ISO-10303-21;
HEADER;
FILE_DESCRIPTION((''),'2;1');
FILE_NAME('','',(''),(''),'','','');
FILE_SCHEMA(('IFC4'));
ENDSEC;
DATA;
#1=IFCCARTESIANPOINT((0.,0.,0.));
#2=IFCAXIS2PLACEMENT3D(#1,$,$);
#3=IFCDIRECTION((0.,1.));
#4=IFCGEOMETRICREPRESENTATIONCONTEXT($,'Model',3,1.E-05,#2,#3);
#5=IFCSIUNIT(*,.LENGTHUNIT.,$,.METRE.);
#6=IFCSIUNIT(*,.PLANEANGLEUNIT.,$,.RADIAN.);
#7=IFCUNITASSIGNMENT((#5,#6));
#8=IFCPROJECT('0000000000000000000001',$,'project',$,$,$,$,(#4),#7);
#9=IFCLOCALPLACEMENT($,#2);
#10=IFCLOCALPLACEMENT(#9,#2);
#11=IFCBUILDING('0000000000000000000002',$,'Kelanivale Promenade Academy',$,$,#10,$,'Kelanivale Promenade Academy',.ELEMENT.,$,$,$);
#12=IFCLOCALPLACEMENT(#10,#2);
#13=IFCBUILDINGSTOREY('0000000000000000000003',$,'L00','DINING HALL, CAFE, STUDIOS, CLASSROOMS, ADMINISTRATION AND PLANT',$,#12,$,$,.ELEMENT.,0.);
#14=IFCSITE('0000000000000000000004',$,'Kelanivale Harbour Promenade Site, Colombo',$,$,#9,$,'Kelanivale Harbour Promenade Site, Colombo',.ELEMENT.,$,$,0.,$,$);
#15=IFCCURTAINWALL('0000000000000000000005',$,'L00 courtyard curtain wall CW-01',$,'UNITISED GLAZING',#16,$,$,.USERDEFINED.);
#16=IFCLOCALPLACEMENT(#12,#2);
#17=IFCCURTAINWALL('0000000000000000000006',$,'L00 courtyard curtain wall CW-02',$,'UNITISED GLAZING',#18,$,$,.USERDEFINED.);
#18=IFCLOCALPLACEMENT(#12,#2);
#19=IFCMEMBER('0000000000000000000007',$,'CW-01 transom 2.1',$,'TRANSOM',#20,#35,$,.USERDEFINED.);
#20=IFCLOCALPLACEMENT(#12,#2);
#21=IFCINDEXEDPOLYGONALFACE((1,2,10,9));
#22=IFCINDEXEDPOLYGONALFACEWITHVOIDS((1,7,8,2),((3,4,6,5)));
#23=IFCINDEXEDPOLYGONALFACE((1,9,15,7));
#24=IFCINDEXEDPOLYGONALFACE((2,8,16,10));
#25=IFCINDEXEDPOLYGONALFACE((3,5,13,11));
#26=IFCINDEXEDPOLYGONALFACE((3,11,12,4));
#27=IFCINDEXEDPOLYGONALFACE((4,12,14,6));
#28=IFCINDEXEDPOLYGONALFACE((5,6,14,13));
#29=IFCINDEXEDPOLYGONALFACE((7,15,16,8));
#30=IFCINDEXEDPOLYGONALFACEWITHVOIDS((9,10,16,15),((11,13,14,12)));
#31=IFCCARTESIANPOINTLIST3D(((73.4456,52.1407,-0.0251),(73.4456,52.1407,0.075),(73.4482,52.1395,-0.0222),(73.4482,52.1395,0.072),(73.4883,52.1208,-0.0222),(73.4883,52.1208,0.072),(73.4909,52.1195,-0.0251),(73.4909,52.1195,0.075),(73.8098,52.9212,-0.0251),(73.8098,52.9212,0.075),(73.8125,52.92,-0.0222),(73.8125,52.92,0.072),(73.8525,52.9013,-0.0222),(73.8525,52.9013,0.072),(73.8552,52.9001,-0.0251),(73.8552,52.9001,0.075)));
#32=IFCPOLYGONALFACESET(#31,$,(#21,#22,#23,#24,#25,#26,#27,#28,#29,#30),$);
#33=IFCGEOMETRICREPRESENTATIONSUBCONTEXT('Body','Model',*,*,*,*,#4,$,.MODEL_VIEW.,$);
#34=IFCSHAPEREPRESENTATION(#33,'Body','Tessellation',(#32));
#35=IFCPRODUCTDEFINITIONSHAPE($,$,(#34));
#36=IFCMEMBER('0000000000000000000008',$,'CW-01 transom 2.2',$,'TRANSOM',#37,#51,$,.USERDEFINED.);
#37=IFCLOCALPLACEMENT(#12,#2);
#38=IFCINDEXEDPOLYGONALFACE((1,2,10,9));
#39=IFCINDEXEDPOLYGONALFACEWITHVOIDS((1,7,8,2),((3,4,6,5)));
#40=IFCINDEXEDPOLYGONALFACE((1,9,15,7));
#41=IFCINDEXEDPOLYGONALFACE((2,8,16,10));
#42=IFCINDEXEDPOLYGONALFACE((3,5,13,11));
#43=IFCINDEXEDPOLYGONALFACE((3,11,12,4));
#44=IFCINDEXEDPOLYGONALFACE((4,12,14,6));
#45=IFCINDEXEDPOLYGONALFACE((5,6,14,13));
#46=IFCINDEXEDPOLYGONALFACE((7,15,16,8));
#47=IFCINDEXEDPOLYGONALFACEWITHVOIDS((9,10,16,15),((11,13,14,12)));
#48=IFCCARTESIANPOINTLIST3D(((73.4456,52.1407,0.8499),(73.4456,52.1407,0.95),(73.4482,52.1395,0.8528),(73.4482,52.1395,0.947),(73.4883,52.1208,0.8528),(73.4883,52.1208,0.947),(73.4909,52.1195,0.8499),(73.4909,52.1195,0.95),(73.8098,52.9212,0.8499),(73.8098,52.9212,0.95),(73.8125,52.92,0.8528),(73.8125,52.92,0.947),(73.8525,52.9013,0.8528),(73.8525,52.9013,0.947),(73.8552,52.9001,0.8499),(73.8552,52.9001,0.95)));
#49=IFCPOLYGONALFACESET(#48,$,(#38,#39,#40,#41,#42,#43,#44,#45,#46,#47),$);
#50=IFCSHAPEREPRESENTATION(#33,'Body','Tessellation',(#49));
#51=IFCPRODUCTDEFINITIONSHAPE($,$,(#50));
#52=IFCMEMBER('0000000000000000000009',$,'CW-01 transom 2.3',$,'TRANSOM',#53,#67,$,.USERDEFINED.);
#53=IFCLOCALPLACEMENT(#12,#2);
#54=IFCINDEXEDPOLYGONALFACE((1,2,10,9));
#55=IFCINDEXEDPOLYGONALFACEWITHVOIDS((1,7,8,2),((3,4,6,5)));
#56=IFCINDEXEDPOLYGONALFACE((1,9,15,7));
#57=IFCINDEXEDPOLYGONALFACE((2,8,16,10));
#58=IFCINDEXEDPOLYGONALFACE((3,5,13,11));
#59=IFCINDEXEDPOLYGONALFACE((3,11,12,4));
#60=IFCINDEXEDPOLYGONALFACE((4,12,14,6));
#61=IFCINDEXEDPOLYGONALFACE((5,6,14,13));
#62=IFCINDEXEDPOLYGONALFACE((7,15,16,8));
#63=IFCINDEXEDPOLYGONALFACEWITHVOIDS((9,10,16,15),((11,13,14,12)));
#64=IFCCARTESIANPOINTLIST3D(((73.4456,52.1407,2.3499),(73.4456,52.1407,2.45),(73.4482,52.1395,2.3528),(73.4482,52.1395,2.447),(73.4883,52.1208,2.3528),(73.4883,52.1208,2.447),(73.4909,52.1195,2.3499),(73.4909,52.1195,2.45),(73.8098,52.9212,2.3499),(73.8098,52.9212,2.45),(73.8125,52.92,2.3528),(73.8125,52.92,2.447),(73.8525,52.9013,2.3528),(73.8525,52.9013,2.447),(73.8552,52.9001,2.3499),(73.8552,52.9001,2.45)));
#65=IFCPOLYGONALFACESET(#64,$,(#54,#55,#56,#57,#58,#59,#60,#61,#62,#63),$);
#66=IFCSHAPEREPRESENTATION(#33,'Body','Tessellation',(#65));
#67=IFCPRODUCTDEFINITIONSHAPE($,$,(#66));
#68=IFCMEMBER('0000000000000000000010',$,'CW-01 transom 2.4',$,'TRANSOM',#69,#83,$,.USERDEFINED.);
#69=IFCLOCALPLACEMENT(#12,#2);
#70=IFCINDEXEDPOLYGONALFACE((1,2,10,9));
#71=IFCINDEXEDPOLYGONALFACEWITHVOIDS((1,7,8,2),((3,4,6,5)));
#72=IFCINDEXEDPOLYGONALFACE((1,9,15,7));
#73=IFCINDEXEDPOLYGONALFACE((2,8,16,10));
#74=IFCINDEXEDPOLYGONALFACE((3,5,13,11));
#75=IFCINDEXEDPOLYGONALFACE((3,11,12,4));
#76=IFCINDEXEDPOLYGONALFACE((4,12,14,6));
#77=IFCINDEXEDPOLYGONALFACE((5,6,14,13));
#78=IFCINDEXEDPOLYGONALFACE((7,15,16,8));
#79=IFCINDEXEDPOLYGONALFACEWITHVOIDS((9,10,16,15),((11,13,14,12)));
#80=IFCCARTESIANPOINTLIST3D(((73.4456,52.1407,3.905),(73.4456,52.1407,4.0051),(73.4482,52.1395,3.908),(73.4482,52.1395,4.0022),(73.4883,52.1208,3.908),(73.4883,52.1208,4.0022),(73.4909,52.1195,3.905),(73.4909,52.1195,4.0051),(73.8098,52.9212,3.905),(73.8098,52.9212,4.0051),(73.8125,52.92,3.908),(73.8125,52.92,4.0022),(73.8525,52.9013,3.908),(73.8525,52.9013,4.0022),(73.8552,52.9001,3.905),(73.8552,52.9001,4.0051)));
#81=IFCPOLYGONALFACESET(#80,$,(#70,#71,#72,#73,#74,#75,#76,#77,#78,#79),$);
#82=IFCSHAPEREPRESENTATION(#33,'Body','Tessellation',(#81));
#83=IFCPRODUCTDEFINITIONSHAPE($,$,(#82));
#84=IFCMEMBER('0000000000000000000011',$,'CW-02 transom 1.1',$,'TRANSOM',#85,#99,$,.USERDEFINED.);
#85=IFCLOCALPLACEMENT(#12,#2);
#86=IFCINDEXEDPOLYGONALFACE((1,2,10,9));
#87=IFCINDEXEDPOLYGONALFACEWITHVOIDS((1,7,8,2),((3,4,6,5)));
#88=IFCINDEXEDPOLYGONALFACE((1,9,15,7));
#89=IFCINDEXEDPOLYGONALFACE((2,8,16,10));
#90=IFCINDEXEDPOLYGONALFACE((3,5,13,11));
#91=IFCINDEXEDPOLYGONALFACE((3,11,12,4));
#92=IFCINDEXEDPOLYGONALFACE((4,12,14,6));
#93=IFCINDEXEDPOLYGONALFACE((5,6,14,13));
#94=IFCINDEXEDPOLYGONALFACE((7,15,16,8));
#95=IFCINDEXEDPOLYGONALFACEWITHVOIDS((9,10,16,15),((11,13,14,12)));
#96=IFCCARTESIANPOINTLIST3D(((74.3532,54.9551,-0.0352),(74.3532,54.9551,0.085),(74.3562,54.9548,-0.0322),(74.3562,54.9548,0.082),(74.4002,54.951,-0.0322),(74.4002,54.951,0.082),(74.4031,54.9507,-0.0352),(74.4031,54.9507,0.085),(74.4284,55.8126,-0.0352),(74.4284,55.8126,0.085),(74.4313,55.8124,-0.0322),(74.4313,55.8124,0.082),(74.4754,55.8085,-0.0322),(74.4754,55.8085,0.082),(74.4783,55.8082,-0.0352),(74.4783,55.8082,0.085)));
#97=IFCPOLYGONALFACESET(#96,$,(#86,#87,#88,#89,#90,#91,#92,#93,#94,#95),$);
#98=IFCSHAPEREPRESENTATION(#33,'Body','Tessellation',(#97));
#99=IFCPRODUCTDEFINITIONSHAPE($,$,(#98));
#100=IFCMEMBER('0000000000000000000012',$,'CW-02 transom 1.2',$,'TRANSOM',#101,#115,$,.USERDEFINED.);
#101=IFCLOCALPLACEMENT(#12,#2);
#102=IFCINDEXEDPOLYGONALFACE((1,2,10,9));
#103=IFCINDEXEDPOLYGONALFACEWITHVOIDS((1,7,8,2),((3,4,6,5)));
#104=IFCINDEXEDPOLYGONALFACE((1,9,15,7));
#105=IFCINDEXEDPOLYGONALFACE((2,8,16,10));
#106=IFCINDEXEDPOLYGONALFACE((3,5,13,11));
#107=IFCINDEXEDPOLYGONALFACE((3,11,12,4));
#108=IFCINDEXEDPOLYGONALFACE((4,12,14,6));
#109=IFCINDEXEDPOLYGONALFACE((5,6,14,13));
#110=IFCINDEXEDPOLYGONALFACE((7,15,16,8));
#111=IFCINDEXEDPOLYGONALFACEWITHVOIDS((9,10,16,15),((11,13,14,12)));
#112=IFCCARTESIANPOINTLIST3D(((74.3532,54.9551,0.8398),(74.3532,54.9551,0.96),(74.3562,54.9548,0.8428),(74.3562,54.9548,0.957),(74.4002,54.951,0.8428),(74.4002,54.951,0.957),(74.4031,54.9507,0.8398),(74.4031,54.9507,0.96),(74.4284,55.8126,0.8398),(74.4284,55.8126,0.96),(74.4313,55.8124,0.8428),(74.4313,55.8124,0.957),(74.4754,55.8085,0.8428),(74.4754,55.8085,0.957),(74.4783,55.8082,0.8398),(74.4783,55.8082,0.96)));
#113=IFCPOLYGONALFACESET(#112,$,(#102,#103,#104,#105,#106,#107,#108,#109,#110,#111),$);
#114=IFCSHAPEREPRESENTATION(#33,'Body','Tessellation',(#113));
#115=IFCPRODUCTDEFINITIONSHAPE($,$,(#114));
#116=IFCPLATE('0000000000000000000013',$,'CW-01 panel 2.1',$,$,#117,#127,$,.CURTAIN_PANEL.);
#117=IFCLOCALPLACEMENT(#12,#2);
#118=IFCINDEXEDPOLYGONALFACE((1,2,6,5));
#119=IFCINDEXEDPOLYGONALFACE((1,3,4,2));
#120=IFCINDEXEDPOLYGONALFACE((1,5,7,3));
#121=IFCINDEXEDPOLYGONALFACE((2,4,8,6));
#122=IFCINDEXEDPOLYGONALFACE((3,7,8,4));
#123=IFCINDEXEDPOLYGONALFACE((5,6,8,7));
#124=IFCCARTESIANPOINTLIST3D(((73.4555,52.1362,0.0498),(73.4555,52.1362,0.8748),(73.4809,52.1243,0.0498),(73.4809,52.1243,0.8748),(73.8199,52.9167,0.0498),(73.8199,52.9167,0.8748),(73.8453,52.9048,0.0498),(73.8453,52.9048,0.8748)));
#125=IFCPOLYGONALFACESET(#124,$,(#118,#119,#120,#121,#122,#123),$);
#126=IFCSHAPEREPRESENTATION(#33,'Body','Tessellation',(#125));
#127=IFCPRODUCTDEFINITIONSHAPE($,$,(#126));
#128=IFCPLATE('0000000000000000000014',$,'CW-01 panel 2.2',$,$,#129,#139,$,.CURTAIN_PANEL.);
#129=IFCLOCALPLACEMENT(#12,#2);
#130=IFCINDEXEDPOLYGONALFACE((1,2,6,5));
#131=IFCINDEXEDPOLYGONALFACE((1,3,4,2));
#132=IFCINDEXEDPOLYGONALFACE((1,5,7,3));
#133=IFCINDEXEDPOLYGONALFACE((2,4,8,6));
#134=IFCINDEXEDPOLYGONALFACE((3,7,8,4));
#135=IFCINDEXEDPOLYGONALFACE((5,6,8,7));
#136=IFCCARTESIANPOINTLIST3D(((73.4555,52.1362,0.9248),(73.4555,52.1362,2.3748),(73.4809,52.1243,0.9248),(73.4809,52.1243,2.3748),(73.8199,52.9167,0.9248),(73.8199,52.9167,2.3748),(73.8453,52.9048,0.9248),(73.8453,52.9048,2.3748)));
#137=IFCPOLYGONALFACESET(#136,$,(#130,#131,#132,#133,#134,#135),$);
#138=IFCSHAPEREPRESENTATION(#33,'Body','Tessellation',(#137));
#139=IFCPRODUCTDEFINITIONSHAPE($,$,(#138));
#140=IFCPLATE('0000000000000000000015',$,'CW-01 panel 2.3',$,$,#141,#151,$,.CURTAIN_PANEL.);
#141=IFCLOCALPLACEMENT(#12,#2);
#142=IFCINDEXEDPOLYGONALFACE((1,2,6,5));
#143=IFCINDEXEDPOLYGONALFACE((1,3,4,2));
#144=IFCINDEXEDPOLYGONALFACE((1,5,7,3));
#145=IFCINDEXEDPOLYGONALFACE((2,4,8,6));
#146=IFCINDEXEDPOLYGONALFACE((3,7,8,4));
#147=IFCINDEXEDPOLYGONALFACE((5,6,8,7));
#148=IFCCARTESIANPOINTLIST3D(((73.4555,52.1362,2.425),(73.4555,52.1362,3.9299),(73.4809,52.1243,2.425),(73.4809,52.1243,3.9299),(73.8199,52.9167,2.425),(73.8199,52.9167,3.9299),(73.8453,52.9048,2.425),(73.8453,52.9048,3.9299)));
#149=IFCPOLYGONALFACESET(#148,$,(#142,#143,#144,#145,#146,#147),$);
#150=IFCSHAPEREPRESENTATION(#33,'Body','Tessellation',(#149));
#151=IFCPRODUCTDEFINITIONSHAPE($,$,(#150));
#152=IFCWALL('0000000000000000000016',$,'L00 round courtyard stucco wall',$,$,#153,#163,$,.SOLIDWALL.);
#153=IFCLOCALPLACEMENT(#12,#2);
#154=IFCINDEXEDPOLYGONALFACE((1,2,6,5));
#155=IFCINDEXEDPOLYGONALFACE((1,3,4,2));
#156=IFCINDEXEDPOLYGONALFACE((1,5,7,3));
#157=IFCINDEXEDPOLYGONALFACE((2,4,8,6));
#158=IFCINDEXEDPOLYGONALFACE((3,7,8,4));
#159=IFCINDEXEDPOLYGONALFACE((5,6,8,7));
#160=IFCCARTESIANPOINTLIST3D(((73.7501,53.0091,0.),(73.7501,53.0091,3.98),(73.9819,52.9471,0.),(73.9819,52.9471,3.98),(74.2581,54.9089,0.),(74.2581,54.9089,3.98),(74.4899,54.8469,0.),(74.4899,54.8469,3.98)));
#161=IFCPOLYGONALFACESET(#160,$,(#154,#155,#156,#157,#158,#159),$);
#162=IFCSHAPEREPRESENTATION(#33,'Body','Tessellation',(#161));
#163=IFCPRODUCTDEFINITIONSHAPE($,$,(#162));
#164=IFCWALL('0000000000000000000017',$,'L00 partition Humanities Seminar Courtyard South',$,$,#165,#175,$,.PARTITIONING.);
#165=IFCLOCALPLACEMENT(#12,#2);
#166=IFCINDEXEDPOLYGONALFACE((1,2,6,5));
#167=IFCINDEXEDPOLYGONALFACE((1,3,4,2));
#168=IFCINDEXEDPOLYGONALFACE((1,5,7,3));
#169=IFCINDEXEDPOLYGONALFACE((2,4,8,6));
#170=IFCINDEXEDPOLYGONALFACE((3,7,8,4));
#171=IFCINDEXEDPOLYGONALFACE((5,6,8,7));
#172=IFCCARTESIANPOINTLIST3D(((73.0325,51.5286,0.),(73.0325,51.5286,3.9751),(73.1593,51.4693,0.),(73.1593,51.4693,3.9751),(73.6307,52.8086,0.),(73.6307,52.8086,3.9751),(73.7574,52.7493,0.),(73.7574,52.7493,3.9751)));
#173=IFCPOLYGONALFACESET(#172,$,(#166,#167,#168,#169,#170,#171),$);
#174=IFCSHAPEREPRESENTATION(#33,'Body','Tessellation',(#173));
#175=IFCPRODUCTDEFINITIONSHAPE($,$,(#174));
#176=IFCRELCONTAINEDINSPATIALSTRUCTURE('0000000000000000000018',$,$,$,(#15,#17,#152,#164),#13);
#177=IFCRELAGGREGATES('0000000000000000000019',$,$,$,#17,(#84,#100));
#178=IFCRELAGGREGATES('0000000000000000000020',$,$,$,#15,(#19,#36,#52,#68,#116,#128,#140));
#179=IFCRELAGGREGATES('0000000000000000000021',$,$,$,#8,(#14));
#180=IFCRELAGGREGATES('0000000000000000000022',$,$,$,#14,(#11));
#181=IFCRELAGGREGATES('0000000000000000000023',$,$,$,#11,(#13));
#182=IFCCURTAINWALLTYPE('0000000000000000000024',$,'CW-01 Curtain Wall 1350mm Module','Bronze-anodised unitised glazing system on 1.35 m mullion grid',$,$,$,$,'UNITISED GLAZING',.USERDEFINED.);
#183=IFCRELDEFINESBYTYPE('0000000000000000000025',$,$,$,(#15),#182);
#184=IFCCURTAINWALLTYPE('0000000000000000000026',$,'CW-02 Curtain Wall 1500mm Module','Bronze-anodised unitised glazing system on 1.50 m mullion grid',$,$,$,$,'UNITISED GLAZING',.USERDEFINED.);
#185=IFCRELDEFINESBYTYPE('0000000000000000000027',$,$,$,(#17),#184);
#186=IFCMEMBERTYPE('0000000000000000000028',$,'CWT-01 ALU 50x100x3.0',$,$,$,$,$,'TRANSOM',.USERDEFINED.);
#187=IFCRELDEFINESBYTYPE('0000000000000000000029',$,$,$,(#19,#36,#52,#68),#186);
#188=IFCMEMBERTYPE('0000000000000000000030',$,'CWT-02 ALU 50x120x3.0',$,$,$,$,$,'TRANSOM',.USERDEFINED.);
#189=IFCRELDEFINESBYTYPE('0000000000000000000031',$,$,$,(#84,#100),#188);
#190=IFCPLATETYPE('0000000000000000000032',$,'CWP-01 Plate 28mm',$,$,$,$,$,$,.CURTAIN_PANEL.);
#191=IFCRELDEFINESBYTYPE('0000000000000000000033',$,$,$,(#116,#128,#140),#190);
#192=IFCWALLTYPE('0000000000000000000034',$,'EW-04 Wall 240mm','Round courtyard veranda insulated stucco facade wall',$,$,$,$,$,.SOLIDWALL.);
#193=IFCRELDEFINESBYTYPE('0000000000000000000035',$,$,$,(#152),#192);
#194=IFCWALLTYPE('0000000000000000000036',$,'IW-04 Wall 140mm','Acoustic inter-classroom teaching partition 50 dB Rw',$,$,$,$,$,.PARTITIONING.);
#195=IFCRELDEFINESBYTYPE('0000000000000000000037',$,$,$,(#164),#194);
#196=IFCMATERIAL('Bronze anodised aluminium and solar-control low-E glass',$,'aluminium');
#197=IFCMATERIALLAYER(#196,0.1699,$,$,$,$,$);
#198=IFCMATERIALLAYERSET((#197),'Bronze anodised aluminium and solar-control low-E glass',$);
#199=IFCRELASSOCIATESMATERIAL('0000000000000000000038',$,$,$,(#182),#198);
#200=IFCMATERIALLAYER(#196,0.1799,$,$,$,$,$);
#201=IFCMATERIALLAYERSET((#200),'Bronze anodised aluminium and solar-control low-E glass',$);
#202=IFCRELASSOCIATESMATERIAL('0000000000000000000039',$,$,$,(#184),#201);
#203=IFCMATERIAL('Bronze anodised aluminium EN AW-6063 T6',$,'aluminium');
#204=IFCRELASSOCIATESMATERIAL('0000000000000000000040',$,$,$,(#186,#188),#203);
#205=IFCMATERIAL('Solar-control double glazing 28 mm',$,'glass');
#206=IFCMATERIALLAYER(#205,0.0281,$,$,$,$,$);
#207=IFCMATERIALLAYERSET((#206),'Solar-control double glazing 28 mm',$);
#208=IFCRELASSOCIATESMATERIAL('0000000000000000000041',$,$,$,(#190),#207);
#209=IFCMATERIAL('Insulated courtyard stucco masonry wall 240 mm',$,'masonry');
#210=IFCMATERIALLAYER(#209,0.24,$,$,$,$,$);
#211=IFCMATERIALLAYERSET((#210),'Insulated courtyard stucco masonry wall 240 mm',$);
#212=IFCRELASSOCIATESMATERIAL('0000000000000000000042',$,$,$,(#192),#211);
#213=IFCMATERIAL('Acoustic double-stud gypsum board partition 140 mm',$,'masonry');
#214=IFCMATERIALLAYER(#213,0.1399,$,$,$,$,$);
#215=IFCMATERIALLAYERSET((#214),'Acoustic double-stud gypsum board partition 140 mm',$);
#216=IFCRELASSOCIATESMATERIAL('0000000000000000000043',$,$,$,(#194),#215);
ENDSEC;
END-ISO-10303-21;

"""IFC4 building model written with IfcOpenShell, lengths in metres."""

from ifc_helpers import new_model, si_unit, direction, frame, frame_2d, origin, origin_2d, place, context, subcontext, project, spatial, rectangle, hollow_rectangle, extrude, material, layer, layer_set, material_profile, profile_set, type_object, element, aggregate, save


model = new_model("IFC4")

# Units and contexts
model_context = context("Model", 3, precision=1e-05, world=origin(), true_north=direction((0.0, 1.0)))
body_context = subcontext(model_context, "Body", "Model", "MODEL_VIEW")
ifc_project = project(units=[si_unit("LENGTHUNIT", "METRE"), si_unit("PLANEANGLEUNIT", "RADIAN")], contexts=[model_context])

# Site, building, storey
site_placement = place(None, origin())
site = spatial("IfcSite", under=ifc_project, at=site_placement, Name="Kelanivale Harbour Promenade Site, Colombo", LongName="Kelanivale Harbour Promenade Site, Colombo", CompositionType="ELEMENT", RefElevation=0.0)
building_placement = place(site_placement, origin())
building = spatial("IfcBuilding", under=site, at=building_placement, Name="Kelanivale Promenade Academy", LongName="Kelanivale Promenade Academy", CompositionType="ELEMENT")
storey_placement = place(building_placement, origin())
storey = spatial("IfcBuildingStorey", under=building, at=storey_placement, Name="L00", Description="DINING HALL, CAFE, STUDIOS, CLASSROOMS, ADMINISTRATION AND PLANT", CompositionType="ELEMENT", Elevation=0.0)

# Curtain walls
ifc_material_1 = material(Name="Bronze anodised aluminium and solar-control low-E glass", Category="aluminium")
ifc_layer_1 = layer(ifc_material_1, 0.1699)
ifc_layer_set_1 = layer_set([ifc_layer_1], Name="Bronze anodised aluminium and solar-control low-E glass")
curtain_wall_type_1 = type_object("IfcCurtainWallType", Name="CW-01 Curtain Wall 1350mm Module", Description="Bronze-anodised unitised glazing system on 1.35 m mullion grid", ElementType="UNITISED GLAZING", PredefinedType="USERDEFINED", material=ifc_layer_set_1)
curtain_wall_1_placement = place(storey_placement, origin())
curtain_wall_1 = element("IfcCurtainWall", 1, at=curtain_wall_1_placement, inside=storey, type_object=curtain_wall_type_1, Name="L00 courtyard curtain wall CW-01", ObjectType="UNITISED GLAZING", PredefinedType="USERDEFINED")
ifc_material_2 = material(Name="Bronze anodised aluminium EN AW-6063 T6", Category="aluminium")
ifc_layer_2 = layer(ifc_material_1, 0.1799)
ifc_layer_set_2 = layer_set([ifc_layer_2], Name="Bronze anodised aluminium and solar-control low-E glass")
curtain_wall_type_2 = type_object("IfcCurtainWallType", Name="CW-02 Curtain Wall 1500mm Module", Description="Bronze-anodised unitised glazing system on 1.50 m mullion grid", ElementType="UNITISED GLAZING", PredefinedType="USERDEFINED", material=ifc_layer_set_2)
curtain_wall_2_placement = place(storey_placement, origin())
curtain_wall_2 = element("IfcCurtainWall", 2, at=curtain_wall_2_placement, inside=storey, type_object=curtain_wall_type_2, Name="L00 courtyard curtain wall CW-02", ObjectType="UNITISED GLAZING", PredefinedType="USERDEFINED")

# Members
ifc_material_profile_1 = material_profile(ifc_material_2, hollow_rectangle(XDim=0.05, YDim=0.1001, WallThickness=0.0029, at=origin_2d()), Name="ALU 50x100x3.0")
ifc_profile_set_1 = profile_set([ifc_material_profile_1], Name="Bronze anodised aluminium EN AW-6063 T6")
member_type_1 = type_object("IfcMemberType", Name="CWT-01 ALU 50x100x3.0", ElementType="TRANSOM", PredefinedType="USERDEFINED", material=ifc_profile_set_1)
member_1_placement = place(storey_placement, frame((73.4683, 52.1301, 0.0249), z_axis=(0.422901, 0.906176, 0.0), x_axis=(-0.906176, 0.422901, 0.0)))
member_1 = element("IfcMember", 3, at=member_1_placement, type_object=member_type_1, Name="CW-01 transom 2.1", ObjectType="TRANSOM", PredefinedType="USERDEFINED", context=body_context, shape_type="SweptSolid", body=[
    extrude(hollow_rectangle(XDim=0.05, YDim=0.1001, WallThickness=0.0029, at=origin_2d()), origin(), (0.0, 0.0, 1.0), 0.8613),
])
member_2_placement = place(storey_placement, frame((73.4683, 52.1301, 0.8999), z_axis=(0.422901, 0.906176, 0.0), x_axis=(-0.906176, 0.422901, 0.0)))
member_2 = element("IfcMember", 4, at=member_2_placement, type_object=member_type_1, Name="CW-01 transom 2.2", ObjectType="TRANSOM", PredefinedType="USERDEFINED", context=body_context, shape_type="SweptSolid", body=[
    extrude(hollow_rectangle(XDim=0.05, YDim=0.1001, WallThickness=0.0029, at=origin_2d()), origin(), (0.0, 0.0, 1.0), 0.8613),
])
member_3_placement = place(storey_placement, frame((73.4683, 52.1301, 2.3999), z_axis=(0.422901, 0.906176, 0.0), x_axis=(-0.906176, 0.422901, 0.0)))
member_3 = element("IfcMember", 5, at=member_3_placement, type_object=member_type_1, Name="CW-01 transom 2.3", ObjectType="TRANSOM", PredefinedType="USERDEFINED", context=body_context, shape_type="SweptSolid", body=[
    extrude(hollow_rectangle(XDim=0.05, YDim=0.1001, WallThickness=0.0029, at=origin_2d()), origin(), (0.0, 0.0, 1.0), 0.8613),
])
member_4_placement = place(storey_placement, frame((73.4683, 52.1301, 3.9551), z_axis=(0.422901, 0.906176, 0.0), x_axis=(-0.906176, 0.422901, 0.0)))
member_4 = element("IfcMember", 6, at=member_4_placement, type_object=member_type_1, Name="CW-01 transom 2.4", ObjectType="TRANSOM", PredefinedType="USERDEFINED", context=body_context, shape_type="SweptSolid", body=[
    extrude(hollow_rectangle(XDim=0.05, YDim=0.1001, WallThickness=0.0029, at=origin_2d()), origin(), (0.0, 0.0, 1.0), 0.8613),
])
ifc_material_profile_2 = material_profile(ifc_material_2, hollow_rectangle(XDim=0.05, YDim=0.1201, WallThickness=0.0029, at=origin_2d()), Name="ALU 50x120x3.0")
ifc_profile_set_2 = profile_set([ifc_material_profile_2], Name="Bronze anodised aluminium EN AW-6063 T6")
member_type_2 = type_object("IfcMemberType", Name="CWT-02 ALU 50x120x3.0", ElementType="TRANSOM", PredefinedType="USERDEFINED", material=ifc_profile_set_2)
member_5_placement = place(storey_placement, frame((74.3782, 54.9529, 0.0249), z_axis=(0.087339, 0.996179, 0.0), x_axis=(-0.996179, 0.087339, 0.0)))
member_5 = element("IfcMember", 7, at=member_5_placement, type_object=member_type_2, Name="CW-02 transom 1.1", ObjectType="TRANSOM", PredefinedType="USERDEFINED", context=body_context, shape_type="SweptSolid", body=[
    extrude(hollow_rectangle(XDim=0.05, YDim=0.1201, WallThickness=0.0029, at=origin_2d()), origin(), (0.0, 0.0, 1.0), 0.8608),
])
member_6_placement = place(storey_placement, frame((74.3782, 54.9529, 0.8999), z_axis=(0.087339, 0.996179, 0.0), x_axis=(-0.996179, 0.087339, 0.0)))
member_6 = element("IfcMember", 8, at=member_6_placement, type_object=member_type_2, Name="CW-02 transom 1.2", ObjectType="TRANSOM", PredefinedType="USERDEFINED", context=body_context, shape_type="SweptSolid", body=[
    extrude(hollow_rectangle(XDim=0.05, YDim=0.1201, WallThickness=0.0029, at=origin_2d()), origin(), (0.0, 0.0, 1.0), 0.8608),
])
aggregate(curtain_wall_2, [member_5, member_6])

# Plates
ifc_material_3 = material(Name="Solar-control double glazing 28 mm", Category="glass")
ifc_layer_3 = layer(ifc_material_3, 0.0281)
ifc_layer_set_3 = layer_set([ifc_layer_3], Name="Solar-control double glazing 28 mm")
plate_type = type_object("IfcPlateType", Name="CWP-01 Plate 28mm", PredefinedType="CURTAIN_PANEL", material=ifc_layer_set_3)
plate_1_placement = place(storey_placement, frame((73.6504, 52.5205, 0.0498), z_axis=(0.0, 0.0, 1.0), x_axis=(0.423087, 0.906089, 0.0)))
plate_1 = element("IfcPlate", 9, at=plate_1_placement, type_object=plate_type, Name="CW-01 panel 2.1", PredefinedType="CURTAIN_PANEL", context=body_context, shape_type="SweptSolid", body=[
    extrude(rectangle(XDim=0.8613, YDim=0.0281, at=origin_2d()), origin(), (0.0, 0.0, 1.0), 0.825),
])
plate_2_placement = place(storey_placement, frame((73.6504, 52.5205, 0.9248), z_axis=(0.0, 0.0, 1.0), x_axis=(0.423087, 0.906089, 0.0)))
plate_2 = element("IfcPlate", 10, at=plate_2_placement, type_object=plate_type, Name="CW-01 panel 2.2", PredefinedType="CURTAIN_PANEL", context=body_context, shape_type="SweptSolid", body=[
    extrude(rectangle(XDim=0.8613, YDim=0.0281, at=origin_2d()), origin(), (0.0, 0.0, 1.0), 1.45),
])
plate_3_placement = place(storey_placement, frame((73.6504, 52.5205, 2.425), z_axis=(0.0, 0.0, 1.0), x_axis=(0.423087, 0.906089, 0.0)))
plate_3 = element("IfcPlate", 11, at=plate_3_placement, type_object=plate_type, Name="CW-01 panel 2.3", PredefinedType="CURTAIN_PANEL", context=body_context, shape_type="SweptSolid", body=[
    extrude(rectangle(XDim=0.8613, YDim=0.0281, at=origin_2d()), origin(), (0.0, 0.0, 1.0), 1.5049),
])
aggregate(curtain_wall_1, [member_1, member_2, member_3, member_4, plate_1, plate_2, plate_3])

# Walls
ifc_material_4 = material(Name="Insulated courtyard stucco masonry wall 240 mm", Category="masonry")
ifc_layer_4 = layer(ifc_material_4, 0.24)
ifc_layer_set_4 = layer_set([ifc_layer_4], Name="Insulated courtyard stucco masonry wall 240 mm")
wall_type_1 = type_object("IfcWallType", Name="EW-04 Wall 240mm", Description="Round courtyard veranda insulated stucco facade wall", PredefinedType="SOLIDWALL", material=ifc_layer_set_4)
wall_1_placement = place(storey_placement, frame((73.866, 52.978, 0.0), z_axis=(0.0, 0.0, 1.0), x_axis=(0.258335, 0.966055, 0.0)))
element("IfcWall", 12, at=wall_1_placement, inside=storey, type_object=wall_type_1, Name="L00 round courtyard stucco wall", PredefinedType="SOLIDWALL", context=body_context, shape_type="SweptSolid", body=[
    extrude(rectangle(XDim=1.9666, YDim=0.24, at=frame_2d((0.9834, 0.0))), origin(), (0.0, 0.0, 1.0), 3.98),
])
ifc_material_5 = material(Name="Acoustic double-stud gypsum board partition 140 mm", Category="masonry")
ifc_layer_5 = layer(ifc_material_5, 0.1399)
ifc_layer_set_5 = layer_set([ifc_layer_5], Name="Acoustic double-stud gypsum board partition 140 mm")
wall_type_2 = type_object("IfcWallType", Name="IW-04 Wall 140mm", Description="Acoustic inter-classroom teaching partition 50 dB Rw", PredefinedType="PARTITIONING", material=ifc_layer_set_5)
wall_2_placement = place(storey_placement, frame((73.6941, 52.7791, 0.0), z_axis=(0.0, 0.0, 1.0), x_axis=(-0.423349, -0.905967, 0.0)))
element("IfcWall", 13, at=wall_2_placement, inside=storey, type_object=wall_type_2, Name="L00 partition Humanities Seminar Courtyard South", PredefinedType="PARTITIONING", context=body_context, shape_type="SweptSolid", body=[
    extrude(rectangle(XDim=1.4128, YDim=0.1399, at=frame_2d((0.7065, 0.0))), origin(), (0.0, 0.0, 1.0), 3.9751),
])

save(model, "model.ifc")
